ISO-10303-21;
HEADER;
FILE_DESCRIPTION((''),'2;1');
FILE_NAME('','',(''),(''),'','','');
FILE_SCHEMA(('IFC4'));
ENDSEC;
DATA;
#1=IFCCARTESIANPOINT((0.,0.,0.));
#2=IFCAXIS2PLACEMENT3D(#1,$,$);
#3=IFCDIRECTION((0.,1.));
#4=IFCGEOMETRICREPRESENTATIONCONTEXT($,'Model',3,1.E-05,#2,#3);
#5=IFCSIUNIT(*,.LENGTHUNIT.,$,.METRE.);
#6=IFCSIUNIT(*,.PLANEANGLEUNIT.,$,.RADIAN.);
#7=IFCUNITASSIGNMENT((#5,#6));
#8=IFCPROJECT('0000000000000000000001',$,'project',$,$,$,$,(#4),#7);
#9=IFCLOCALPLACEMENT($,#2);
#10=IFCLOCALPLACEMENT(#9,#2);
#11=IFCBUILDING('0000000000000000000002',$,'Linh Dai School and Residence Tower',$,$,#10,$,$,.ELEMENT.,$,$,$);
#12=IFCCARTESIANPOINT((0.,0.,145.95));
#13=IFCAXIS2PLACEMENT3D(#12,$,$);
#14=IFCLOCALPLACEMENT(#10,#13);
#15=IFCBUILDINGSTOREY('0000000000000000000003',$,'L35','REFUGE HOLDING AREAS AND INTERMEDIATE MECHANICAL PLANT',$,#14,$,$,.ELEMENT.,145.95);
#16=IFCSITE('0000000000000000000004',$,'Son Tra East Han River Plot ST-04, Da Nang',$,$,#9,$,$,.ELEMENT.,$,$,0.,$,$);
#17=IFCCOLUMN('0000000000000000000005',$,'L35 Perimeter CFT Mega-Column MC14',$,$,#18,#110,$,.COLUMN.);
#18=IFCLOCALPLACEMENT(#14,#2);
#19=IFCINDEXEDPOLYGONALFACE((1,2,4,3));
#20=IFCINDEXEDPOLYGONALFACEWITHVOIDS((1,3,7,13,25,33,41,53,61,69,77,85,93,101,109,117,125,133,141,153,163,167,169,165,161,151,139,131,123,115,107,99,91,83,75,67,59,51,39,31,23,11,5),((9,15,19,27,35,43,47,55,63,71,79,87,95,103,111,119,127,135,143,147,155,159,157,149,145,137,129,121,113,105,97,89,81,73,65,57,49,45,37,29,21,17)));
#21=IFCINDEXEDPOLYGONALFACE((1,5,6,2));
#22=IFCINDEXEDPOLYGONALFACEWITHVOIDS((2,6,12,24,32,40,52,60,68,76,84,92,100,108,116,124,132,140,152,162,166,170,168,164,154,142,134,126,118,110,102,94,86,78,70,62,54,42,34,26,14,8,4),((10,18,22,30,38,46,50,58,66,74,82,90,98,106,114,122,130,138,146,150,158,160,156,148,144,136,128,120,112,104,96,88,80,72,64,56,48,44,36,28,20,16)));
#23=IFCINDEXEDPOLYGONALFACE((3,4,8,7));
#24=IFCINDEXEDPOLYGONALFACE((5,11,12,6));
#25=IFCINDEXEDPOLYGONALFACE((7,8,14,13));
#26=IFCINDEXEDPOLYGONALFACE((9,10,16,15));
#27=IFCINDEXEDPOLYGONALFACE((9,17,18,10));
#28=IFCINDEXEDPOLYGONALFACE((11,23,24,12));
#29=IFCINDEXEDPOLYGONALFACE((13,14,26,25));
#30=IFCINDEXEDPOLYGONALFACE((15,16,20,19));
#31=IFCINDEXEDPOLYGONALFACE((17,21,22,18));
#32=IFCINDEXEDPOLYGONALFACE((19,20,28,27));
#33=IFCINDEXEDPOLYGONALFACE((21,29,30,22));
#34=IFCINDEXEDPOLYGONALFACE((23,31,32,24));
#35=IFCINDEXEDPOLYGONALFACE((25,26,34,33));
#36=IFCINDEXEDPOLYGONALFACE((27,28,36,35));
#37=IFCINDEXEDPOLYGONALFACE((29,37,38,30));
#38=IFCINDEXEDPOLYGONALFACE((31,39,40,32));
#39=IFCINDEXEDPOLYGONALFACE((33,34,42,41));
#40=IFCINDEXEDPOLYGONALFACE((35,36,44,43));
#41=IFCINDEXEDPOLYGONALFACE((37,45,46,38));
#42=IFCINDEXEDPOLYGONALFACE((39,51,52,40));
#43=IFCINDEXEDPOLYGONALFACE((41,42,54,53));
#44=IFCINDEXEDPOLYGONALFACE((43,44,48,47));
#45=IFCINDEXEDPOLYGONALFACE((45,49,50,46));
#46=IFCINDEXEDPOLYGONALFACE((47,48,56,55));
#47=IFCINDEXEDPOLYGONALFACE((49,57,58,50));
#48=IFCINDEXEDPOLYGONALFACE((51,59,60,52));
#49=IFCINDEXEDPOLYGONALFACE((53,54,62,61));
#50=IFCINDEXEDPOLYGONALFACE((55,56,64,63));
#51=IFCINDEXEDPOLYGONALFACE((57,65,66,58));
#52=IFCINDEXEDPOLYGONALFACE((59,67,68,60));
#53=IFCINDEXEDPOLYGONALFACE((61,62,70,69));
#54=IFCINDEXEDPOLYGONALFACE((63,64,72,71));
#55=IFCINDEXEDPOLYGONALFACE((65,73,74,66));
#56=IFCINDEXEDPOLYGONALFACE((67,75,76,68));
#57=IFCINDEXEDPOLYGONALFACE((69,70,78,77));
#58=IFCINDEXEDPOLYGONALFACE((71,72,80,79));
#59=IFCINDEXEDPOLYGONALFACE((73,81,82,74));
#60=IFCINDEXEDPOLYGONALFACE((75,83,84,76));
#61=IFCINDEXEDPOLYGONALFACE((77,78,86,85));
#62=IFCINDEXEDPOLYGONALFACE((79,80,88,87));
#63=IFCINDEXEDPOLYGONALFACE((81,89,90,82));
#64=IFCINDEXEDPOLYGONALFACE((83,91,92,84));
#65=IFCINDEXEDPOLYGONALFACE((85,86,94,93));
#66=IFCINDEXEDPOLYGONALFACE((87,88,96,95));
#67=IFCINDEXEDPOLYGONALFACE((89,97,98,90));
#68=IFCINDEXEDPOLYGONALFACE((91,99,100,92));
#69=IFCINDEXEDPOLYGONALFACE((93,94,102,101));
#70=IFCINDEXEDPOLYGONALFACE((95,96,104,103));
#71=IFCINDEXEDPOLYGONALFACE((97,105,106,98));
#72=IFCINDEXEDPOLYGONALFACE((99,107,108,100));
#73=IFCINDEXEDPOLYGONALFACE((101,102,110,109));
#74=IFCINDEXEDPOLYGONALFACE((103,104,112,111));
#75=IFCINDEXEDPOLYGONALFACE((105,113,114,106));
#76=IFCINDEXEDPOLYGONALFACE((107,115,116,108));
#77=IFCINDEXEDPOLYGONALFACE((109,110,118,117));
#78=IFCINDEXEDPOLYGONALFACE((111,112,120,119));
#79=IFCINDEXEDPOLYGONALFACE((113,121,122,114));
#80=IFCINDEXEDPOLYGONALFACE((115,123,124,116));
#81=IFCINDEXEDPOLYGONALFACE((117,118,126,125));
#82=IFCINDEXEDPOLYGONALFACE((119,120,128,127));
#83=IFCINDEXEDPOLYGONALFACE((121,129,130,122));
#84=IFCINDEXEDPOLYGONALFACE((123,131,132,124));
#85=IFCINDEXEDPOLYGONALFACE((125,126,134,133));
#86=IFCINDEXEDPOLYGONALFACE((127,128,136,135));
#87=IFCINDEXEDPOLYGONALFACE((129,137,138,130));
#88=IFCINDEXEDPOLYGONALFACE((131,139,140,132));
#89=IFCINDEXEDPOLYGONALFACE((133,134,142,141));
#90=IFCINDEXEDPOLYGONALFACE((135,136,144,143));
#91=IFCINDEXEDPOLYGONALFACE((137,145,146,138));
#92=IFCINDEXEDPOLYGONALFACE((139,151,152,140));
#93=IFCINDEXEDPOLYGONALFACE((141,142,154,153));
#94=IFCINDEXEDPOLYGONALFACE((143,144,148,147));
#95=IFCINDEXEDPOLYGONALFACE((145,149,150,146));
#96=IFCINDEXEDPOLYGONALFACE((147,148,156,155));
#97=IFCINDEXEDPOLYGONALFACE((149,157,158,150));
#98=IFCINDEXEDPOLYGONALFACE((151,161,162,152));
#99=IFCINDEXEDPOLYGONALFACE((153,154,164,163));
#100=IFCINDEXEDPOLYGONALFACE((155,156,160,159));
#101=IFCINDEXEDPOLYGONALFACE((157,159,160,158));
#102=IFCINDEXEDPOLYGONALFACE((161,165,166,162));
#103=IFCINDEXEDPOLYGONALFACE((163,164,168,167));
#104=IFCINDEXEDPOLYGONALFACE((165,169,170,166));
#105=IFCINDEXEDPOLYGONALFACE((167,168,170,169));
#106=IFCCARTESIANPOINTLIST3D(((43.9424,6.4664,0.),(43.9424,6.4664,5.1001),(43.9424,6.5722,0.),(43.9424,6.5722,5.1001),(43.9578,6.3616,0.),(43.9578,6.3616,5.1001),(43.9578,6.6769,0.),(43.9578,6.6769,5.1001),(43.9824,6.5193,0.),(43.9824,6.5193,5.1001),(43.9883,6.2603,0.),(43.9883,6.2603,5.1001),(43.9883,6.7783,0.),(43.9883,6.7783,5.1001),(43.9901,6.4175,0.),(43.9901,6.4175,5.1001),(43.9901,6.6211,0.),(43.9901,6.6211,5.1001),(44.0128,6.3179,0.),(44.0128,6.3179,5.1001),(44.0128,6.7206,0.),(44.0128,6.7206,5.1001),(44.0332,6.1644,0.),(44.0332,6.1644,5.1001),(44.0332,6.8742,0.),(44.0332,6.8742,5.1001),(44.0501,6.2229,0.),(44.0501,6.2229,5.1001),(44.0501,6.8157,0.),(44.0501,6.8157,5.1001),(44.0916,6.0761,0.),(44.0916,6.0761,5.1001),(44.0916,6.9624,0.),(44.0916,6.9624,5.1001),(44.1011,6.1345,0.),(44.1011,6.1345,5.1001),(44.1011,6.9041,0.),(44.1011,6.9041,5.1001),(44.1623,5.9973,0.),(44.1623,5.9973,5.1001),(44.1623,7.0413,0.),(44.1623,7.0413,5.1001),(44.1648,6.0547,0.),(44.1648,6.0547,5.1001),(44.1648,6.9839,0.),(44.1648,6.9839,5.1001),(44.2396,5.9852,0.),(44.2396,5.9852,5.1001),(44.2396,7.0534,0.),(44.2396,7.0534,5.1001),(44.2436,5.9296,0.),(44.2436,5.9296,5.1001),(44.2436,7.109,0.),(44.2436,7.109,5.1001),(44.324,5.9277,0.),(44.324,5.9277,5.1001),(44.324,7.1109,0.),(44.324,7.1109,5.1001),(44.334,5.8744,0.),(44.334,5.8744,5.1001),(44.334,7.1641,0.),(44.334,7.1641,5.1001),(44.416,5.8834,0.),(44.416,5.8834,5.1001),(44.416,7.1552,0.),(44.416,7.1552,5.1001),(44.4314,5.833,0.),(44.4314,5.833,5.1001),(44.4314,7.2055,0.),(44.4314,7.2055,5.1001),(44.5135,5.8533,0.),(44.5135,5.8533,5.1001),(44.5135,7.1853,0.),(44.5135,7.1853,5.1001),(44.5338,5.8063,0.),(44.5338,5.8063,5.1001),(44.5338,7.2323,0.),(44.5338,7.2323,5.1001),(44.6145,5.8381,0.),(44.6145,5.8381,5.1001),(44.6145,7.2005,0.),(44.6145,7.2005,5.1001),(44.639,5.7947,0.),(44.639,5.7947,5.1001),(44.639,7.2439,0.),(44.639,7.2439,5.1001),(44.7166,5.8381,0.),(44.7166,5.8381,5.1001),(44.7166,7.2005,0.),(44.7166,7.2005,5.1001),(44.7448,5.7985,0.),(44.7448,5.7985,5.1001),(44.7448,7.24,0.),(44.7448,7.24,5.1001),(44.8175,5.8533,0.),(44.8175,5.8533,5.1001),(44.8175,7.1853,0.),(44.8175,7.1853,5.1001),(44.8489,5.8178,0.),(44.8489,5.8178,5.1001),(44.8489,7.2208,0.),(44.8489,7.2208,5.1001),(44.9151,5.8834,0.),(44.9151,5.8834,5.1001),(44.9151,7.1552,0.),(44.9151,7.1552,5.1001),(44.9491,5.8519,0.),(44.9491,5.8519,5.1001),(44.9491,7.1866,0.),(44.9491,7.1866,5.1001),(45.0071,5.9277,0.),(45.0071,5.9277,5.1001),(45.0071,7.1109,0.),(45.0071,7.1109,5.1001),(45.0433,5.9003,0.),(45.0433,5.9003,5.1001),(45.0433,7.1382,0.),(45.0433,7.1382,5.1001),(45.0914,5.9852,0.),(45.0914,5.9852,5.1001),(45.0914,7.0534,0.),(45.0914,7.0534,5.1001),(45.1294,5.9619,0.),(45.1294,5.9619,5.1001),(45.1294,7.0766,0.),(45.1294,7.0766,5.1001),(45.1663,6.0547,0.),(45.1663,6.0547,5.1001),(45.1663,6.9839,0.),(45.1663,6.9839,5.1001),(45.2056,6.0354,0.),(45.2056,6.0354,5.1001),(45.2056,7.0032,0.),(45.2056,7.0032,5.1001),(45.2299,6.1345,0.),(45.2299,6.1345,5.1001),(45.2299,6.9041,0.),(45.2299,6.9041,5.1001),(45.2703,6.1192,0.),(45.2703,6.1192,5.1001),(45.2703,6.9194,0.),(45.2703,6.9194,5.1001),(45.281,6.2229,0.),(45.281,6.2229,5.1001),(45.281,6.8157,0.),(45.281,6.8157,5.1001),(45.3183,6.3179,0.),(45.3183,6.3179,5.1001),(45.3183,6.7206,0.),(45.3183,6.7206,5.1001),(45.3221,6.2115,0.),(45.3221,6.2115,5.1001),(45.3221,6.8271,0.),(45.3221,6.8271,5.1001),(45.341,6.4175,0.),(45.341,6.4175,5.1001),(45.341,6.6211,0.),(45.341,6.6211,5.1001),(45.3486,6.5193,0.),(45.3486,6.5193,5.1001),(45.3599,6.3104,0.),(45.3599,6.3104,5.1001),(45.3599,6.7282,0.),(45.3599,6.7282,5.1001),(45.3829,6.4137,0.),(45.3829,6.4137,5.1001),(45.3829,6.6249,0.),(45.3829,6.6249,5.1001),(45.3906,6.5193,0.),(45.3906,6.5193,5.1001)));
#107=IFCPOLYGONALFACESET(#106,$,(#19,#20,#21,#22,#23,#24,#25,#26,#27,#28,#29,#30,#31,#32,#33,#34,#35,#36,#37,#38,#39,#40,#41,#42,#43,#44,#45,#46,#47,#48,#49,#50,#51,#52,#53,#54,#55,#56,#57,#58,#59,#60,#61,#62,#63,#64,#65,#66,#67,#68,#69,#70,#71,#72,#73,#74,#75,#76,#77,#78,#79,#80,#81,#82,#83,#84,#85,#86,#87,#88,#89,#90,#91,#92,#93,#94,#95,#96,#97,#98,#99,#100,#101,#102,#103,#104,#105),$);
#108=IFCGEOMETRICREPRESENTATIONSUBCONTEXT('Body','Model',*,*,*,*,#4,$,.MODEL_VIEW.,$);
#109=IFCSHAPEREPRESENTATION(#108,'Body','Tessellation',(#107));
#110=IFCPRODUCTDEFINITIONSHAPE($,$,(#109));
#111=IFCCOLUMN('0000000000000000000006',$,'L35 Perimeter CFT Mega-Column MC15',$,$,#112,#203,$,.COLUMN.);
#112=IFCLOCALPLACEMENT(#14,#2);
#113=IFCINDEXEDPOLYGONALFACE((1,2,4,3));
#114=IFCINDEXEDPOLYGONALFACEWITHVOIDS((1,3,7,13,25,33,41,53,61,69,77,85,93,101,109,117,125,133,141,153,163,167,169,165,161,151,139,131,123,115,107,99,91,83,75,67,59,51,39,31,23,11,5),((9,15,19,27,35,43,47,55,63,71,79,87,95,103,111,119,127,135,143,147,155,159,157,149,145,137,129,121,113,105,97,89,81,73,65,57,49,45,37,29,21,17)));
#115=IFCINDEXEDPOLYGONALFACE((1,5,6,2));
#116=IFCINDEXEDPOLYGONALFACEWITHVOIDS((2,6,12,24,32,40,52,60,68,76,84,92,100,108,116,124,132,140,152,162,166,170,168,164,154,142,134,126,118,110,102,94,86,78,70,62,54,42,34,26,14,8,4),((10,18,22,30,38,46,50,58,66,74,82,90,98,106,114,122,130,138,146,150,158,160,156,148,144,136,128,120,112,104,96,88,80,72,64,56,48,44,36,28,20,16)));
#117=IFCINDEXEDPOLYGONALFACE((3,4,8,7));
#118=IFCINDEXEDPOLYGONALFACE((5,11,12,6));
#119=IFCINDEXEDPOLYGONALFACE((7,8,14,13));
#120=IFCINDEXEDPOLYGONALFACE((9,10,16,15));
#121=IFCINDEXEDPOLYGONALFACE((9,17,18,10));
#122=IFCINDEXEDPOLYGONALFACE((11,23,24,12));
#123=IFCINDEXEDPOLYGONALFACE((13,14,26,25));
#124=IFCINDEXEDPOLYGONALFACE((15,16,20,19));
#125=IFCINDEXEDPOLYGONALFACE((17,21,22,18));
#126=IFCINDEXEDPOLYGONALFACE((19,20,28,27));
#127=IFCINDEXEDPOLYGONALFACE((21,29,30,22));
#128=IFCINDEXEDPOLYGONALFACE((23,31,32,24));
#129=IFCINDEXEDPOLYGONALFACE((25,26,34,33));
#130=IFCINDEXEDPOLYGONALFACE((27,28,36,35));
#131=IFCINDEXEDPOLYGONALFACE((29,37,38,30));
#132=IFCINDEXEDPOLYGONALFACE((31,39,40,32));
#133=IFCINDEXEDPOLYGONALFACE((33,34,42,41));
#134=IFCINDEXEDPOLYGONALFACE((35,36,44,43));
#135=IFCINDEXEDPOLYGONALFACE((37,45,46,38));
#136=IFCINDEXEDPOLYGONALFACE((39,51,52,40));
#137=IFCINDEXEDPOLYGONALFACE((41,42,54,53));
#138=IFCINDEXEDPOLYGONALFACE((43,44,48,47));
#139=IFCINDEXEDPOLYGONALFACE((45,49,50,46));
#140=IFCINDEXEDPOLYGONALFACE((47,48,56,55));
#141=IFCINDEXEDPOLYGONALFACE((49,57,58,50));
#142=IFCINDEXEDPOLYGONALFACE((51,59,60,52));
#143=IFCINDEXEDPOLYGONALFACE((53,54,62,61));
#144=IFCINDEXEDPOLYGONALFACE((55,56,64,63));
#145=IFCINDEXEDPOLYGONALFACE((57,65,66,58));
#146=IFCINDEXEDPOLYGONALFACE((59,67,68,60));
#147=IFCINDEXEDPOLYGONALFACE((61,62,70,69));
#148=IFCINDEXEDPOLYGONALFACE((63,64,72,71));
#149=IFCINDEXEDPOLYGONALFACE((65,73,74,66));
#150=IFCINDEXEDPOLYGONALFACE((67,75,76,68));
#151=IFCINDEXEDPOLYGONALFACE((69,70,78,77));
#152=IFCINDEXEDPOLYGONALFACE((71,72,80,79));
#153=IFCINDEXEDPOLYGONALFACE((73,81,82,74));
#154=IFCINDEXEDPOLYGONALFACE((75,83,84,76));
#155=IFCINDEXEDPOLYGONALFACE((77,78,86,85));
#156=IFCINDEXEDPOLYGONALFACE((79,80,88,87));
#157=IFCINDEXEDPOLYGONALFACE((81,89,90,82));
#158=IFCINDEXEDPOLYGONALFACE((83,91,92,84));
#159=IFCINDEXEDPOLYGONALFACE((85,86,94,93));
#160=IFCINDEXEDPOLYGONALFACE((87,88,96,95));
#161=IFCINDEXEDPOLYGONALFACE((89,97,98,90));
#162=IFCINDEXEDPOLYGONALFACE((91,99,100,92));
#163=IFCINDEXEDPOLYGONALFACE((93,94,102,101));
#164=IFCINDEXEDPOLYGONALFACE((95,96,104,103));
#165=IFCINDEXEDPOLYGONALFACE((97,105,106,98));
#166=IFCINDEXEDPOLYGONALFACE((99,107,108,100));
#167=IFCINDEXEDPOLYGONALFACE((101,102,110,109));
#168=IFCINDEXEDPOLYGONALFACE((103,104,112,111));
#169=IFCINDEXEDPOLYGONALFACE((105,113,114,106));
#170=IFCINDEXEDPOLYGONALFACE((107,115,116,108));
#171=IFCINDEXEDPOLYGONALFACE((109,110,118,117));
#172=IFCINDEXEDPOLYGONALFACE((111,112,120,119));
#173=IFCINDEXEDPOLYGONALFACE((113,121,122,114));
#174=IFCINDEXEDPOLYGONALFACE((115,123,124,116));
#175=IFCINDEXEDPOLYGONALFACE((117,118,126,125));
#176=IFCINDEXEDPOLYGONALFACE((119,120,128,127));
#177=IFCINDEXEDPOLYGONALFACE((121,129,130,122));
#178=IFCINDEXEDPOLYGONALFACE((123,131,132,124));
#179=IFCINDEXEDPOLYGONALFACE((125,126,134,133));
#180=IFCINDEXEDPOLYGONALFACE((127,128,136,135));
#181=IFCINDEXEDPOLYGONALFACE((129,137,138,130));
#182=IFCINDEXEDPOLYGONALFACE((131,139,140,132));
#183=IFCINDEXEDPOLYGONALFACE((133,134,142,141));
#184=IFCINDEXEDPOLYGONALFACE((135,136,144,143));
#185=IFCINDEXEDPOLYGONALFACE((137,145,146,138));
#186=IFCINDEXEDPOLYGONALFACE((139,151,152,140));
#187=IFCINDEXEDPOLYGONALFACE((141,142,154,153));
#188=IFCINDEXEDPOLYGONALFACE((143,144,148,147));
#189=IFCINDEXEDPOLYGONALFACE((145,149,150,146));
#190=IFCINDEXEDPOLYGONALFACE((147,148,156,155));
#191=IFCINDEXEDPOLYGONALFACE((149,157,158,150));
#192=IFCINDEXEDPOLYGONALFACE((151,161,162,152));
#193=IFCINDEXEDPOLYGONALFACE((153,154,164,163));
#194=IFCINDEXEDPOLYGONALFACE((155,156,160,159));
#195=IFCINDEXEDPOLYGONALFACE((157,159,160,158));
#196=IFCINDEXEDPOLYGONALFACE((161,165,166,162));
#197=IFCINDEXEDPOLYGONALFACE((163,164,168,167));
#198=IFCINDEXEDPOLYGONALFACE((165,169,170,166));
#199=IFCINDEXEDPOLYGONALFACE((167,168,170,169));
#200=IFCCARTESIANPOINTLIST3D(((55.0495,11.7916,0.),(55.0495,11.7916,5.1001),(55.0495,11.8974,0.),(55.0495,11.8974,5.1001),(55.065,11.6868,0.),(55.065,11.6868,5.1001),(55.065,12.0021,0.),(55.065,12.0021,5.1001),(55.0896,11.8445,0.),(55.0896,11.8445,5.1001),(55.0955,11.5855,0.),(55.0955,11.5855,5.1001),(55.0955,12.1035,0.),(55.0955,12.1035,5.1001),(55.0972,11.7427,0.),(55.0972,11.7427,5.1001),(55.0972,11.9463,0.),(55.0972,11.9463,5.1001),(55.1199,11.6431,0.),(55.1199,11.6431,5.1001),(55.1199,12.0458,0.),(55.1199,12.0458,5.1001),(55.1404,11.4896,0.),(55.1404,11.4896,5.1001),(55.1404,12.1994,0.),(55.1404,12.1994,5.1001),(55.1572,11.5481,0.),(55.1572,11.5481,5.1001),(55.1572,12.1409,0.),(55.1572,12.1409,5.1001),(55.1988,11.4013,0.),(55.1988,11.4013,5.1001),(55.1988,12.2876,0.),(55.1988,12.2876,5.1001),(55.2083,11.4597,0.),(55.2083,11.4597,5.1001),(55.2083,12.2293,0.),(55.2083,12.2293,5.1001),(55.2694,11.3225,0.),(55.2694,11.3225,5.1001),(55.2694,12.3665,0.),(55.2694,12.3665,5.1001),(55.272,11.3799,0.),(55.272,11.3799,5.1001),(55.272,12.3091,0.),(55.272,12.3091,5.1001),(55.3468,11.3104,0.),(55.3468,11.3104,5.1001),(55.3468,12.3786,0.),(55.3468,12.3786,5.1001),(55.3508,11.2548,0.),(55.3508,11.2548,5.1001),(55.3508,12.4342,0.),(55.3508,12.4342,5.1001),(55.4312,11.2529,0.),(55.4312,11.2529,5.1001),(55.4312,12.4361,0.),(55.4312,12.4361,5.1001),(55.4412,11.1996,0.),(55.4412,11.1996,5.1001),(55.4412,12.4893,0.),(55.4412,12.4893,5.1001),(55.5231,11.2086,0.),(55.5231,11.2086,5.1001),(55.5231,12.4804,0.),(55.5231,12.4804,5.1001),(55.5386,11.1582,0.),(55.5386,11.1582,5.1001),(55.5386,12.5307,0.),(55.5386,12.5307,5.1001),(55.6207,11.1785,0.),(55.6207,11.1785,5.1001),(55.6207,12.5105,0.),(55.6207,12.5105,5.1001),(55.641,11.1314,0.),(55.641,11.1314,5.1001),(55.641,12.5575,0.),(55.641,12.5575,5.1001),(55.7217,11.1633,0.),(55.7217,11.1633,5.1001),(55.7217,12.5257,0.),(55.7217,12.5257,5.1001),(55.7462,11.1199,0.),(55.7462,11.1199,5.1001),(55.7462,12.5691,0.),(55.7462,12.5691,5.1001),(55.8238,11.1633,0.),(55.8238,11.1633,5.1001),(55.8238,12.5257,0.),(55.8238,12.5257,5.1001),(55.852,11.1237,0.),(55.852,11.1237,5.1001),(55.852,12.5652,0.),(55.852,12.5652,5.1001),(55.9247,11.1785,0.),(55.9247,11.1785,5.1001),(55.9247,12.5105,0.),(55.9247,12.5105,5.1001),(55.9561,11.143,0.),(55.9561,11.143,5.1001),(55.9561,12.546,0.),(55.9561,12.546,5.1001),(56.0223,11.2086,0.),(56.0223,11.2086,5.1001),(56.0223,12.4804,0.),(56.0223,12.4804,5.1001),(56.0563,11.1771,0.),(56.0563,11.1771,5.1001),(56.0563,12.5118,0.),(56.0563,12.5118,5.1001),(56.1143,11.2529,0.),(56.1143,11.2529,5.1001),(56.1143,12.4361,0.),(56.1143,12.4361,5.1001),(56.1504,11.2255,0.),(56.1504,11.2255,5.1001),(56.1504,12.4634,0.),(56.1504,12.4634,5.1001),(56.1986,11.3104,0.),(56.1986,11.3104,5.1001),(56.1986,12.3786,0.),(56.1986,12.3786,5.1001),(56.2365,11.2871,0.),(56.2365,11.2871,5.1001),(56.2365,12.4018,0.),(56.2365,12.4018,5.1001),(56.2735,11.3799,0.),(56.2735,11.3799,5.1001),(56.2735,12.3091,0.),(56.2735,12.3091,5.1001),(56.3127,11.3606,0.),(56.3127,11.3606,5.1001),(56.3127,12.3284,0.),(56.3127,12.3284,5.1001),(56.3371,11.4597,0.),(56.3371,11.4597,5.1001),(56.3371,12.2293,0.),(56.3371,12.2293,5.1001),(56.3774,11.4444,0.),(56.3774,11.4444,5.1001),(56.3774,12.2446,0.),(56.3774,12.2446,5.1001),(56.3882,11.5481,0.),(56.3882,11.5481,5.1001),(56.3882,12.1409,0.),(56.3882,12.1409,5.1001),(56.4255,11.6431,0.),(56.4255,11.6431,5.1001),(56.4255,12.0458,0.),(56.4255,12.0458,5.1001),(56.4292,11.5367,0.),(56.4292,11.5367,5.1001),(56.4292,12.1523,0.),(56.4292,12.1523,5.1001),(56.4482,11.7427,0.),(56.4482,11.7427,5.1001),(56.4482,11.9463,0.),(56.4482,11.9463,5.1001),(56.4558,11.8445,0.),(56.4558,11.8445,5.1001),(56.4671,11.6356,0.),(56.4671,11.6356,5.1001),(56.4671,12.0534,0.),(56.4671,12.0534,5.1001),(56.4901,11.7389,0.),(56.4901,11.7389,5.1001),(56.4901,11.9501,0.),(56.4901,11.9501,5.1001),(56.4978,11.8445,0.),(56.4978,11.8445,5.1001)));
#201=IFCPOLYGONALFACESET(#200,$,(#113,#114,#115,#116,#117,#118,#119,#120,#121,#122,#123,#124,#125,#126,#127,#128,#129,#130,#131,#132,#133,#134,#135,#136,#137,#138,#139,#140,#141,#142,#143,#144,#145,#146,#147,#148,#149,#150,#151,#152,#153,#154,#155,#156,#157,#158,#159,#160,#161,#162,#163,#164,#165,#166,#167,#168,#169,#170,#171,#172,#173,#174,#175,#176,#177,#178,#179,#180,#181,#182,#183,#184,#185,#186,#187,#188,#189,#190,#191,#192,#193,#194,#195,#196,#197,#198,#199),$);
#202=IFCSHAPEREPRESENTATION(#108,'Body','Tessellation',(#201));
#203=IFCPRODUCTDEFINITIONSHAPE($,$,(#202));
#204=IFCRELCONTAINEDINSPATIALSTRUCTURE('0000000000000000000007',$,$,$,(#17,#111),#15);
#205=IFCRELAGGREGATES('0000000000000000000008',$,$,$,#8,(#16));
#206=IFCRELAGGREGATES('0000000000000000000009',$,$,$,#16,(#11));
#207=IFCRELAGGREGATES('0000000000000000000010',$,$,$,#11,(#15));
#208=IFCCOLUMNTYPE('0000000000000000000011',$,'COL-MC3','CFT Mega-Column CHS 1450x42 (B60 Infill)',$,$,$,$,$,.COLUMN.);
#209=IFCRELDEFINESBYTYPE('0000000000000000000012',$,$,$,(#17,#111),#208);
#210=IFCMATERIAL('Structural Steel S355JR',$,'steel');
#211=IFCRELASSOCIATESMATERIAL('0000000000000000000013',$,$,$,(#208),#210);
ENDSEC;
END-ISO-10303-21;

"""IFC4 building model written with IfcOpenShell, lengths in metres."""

from ifc_helpers import new_model, si_unit, direction, frame, origin, origin_2d, place, context, subcontext, project, spatial, hollow_circle, extrude, material, material_profile, profile_set, type_object, element, save


model = new_model("IFC4")

# Units and contexts
model_context = context("Model", 3, precision=1e-05, world=origin(), true_north=direction((0.0, 1.0)))
body_context = subcontext(model_context, "Body", "Model", "MODEL_VIEW")
ifc_project = project(units=[si_unit("LENGTHUNIT", "METRE"), si_unit("PLANEANGLEUNIT", "RADIAN")], contexts=[model_context])

# Site, building, storey
site_placement = place(None, origin())
site = spatial("IfcSite", under=ifc_project, at=site_placement, Name="Son Tra East Han River Plot ST-04, Da Nang", CompositionType="ELEMENT", RefElevation=0.0)
building_placement = place(site_placement, origin())
building = spatial("IfcBuilding", under=site, at=building_placement, Name="Linh Dai School and Residence Tower", CompositionType="ELEMENT")
storey_placement = place(building_placement, frame((0.0, 0.0, 145.95)))
storey = spatial("IfcBuildingStorey", under=building, at=storey_placement, Name="L35", Description="REFUGE HOLDING AREAS AND INTERMEDIATE MECHANICAL PLANT", CompositionType="ELEMENT", Elevation=145.95)

# Columns
ifc_material_1 = material(Name="Structural Steel S355JR", Category="steel")
ifc_material_profile_1 = material_profile(ifc_material_1, hollow_circle(Radius=0.7251, WallThickness=0.042, at=origin_2d()), Name="CHS 1450x42")
ifc_profile_set_1 = profile_set([ifc_material_profile_1], Name="Structural Steel S355JR")
column_type = type_object("IfcColumnType", Name="COL-MC3", Description="CFT Mega-Column CHS 1450x42 (B60 Infill)", PredefinedType="COLUMN", material=ifc_profile_set_1)
for number, where, z_axis, x_axis, name in (
    (1, (44.6655, 6.5193, 0.0), (0.0, 0.0, 1.0), (1.0, 0.0, 0.0), "L35 Perimeter CFT Mega-Column MC14"),
    (2, (55.7727, 11.8445, 0.0), (0.0, 0.0, 1.0), (1.0, 0.0, 0.0), "L35 Perimeter CFT Mega-Column MC15"),
):
    element("IfcColumn", number, at=place(storey_placement, frame(where, z_axis=z_axis, x_axis=x_axis)), inside=storey, type_object=column_type, Name=name, PredefinedType="COLUMN", context=body_context, shape_type="SweptSolid", body=[
        extrude(hollow_circle(Radius=0.7251, WallThickness=0.042, at=origin_2d()), origin(), (0.0, 0.0, 1.0), 5.1001),
    ])

save(model, "model.ifc")
